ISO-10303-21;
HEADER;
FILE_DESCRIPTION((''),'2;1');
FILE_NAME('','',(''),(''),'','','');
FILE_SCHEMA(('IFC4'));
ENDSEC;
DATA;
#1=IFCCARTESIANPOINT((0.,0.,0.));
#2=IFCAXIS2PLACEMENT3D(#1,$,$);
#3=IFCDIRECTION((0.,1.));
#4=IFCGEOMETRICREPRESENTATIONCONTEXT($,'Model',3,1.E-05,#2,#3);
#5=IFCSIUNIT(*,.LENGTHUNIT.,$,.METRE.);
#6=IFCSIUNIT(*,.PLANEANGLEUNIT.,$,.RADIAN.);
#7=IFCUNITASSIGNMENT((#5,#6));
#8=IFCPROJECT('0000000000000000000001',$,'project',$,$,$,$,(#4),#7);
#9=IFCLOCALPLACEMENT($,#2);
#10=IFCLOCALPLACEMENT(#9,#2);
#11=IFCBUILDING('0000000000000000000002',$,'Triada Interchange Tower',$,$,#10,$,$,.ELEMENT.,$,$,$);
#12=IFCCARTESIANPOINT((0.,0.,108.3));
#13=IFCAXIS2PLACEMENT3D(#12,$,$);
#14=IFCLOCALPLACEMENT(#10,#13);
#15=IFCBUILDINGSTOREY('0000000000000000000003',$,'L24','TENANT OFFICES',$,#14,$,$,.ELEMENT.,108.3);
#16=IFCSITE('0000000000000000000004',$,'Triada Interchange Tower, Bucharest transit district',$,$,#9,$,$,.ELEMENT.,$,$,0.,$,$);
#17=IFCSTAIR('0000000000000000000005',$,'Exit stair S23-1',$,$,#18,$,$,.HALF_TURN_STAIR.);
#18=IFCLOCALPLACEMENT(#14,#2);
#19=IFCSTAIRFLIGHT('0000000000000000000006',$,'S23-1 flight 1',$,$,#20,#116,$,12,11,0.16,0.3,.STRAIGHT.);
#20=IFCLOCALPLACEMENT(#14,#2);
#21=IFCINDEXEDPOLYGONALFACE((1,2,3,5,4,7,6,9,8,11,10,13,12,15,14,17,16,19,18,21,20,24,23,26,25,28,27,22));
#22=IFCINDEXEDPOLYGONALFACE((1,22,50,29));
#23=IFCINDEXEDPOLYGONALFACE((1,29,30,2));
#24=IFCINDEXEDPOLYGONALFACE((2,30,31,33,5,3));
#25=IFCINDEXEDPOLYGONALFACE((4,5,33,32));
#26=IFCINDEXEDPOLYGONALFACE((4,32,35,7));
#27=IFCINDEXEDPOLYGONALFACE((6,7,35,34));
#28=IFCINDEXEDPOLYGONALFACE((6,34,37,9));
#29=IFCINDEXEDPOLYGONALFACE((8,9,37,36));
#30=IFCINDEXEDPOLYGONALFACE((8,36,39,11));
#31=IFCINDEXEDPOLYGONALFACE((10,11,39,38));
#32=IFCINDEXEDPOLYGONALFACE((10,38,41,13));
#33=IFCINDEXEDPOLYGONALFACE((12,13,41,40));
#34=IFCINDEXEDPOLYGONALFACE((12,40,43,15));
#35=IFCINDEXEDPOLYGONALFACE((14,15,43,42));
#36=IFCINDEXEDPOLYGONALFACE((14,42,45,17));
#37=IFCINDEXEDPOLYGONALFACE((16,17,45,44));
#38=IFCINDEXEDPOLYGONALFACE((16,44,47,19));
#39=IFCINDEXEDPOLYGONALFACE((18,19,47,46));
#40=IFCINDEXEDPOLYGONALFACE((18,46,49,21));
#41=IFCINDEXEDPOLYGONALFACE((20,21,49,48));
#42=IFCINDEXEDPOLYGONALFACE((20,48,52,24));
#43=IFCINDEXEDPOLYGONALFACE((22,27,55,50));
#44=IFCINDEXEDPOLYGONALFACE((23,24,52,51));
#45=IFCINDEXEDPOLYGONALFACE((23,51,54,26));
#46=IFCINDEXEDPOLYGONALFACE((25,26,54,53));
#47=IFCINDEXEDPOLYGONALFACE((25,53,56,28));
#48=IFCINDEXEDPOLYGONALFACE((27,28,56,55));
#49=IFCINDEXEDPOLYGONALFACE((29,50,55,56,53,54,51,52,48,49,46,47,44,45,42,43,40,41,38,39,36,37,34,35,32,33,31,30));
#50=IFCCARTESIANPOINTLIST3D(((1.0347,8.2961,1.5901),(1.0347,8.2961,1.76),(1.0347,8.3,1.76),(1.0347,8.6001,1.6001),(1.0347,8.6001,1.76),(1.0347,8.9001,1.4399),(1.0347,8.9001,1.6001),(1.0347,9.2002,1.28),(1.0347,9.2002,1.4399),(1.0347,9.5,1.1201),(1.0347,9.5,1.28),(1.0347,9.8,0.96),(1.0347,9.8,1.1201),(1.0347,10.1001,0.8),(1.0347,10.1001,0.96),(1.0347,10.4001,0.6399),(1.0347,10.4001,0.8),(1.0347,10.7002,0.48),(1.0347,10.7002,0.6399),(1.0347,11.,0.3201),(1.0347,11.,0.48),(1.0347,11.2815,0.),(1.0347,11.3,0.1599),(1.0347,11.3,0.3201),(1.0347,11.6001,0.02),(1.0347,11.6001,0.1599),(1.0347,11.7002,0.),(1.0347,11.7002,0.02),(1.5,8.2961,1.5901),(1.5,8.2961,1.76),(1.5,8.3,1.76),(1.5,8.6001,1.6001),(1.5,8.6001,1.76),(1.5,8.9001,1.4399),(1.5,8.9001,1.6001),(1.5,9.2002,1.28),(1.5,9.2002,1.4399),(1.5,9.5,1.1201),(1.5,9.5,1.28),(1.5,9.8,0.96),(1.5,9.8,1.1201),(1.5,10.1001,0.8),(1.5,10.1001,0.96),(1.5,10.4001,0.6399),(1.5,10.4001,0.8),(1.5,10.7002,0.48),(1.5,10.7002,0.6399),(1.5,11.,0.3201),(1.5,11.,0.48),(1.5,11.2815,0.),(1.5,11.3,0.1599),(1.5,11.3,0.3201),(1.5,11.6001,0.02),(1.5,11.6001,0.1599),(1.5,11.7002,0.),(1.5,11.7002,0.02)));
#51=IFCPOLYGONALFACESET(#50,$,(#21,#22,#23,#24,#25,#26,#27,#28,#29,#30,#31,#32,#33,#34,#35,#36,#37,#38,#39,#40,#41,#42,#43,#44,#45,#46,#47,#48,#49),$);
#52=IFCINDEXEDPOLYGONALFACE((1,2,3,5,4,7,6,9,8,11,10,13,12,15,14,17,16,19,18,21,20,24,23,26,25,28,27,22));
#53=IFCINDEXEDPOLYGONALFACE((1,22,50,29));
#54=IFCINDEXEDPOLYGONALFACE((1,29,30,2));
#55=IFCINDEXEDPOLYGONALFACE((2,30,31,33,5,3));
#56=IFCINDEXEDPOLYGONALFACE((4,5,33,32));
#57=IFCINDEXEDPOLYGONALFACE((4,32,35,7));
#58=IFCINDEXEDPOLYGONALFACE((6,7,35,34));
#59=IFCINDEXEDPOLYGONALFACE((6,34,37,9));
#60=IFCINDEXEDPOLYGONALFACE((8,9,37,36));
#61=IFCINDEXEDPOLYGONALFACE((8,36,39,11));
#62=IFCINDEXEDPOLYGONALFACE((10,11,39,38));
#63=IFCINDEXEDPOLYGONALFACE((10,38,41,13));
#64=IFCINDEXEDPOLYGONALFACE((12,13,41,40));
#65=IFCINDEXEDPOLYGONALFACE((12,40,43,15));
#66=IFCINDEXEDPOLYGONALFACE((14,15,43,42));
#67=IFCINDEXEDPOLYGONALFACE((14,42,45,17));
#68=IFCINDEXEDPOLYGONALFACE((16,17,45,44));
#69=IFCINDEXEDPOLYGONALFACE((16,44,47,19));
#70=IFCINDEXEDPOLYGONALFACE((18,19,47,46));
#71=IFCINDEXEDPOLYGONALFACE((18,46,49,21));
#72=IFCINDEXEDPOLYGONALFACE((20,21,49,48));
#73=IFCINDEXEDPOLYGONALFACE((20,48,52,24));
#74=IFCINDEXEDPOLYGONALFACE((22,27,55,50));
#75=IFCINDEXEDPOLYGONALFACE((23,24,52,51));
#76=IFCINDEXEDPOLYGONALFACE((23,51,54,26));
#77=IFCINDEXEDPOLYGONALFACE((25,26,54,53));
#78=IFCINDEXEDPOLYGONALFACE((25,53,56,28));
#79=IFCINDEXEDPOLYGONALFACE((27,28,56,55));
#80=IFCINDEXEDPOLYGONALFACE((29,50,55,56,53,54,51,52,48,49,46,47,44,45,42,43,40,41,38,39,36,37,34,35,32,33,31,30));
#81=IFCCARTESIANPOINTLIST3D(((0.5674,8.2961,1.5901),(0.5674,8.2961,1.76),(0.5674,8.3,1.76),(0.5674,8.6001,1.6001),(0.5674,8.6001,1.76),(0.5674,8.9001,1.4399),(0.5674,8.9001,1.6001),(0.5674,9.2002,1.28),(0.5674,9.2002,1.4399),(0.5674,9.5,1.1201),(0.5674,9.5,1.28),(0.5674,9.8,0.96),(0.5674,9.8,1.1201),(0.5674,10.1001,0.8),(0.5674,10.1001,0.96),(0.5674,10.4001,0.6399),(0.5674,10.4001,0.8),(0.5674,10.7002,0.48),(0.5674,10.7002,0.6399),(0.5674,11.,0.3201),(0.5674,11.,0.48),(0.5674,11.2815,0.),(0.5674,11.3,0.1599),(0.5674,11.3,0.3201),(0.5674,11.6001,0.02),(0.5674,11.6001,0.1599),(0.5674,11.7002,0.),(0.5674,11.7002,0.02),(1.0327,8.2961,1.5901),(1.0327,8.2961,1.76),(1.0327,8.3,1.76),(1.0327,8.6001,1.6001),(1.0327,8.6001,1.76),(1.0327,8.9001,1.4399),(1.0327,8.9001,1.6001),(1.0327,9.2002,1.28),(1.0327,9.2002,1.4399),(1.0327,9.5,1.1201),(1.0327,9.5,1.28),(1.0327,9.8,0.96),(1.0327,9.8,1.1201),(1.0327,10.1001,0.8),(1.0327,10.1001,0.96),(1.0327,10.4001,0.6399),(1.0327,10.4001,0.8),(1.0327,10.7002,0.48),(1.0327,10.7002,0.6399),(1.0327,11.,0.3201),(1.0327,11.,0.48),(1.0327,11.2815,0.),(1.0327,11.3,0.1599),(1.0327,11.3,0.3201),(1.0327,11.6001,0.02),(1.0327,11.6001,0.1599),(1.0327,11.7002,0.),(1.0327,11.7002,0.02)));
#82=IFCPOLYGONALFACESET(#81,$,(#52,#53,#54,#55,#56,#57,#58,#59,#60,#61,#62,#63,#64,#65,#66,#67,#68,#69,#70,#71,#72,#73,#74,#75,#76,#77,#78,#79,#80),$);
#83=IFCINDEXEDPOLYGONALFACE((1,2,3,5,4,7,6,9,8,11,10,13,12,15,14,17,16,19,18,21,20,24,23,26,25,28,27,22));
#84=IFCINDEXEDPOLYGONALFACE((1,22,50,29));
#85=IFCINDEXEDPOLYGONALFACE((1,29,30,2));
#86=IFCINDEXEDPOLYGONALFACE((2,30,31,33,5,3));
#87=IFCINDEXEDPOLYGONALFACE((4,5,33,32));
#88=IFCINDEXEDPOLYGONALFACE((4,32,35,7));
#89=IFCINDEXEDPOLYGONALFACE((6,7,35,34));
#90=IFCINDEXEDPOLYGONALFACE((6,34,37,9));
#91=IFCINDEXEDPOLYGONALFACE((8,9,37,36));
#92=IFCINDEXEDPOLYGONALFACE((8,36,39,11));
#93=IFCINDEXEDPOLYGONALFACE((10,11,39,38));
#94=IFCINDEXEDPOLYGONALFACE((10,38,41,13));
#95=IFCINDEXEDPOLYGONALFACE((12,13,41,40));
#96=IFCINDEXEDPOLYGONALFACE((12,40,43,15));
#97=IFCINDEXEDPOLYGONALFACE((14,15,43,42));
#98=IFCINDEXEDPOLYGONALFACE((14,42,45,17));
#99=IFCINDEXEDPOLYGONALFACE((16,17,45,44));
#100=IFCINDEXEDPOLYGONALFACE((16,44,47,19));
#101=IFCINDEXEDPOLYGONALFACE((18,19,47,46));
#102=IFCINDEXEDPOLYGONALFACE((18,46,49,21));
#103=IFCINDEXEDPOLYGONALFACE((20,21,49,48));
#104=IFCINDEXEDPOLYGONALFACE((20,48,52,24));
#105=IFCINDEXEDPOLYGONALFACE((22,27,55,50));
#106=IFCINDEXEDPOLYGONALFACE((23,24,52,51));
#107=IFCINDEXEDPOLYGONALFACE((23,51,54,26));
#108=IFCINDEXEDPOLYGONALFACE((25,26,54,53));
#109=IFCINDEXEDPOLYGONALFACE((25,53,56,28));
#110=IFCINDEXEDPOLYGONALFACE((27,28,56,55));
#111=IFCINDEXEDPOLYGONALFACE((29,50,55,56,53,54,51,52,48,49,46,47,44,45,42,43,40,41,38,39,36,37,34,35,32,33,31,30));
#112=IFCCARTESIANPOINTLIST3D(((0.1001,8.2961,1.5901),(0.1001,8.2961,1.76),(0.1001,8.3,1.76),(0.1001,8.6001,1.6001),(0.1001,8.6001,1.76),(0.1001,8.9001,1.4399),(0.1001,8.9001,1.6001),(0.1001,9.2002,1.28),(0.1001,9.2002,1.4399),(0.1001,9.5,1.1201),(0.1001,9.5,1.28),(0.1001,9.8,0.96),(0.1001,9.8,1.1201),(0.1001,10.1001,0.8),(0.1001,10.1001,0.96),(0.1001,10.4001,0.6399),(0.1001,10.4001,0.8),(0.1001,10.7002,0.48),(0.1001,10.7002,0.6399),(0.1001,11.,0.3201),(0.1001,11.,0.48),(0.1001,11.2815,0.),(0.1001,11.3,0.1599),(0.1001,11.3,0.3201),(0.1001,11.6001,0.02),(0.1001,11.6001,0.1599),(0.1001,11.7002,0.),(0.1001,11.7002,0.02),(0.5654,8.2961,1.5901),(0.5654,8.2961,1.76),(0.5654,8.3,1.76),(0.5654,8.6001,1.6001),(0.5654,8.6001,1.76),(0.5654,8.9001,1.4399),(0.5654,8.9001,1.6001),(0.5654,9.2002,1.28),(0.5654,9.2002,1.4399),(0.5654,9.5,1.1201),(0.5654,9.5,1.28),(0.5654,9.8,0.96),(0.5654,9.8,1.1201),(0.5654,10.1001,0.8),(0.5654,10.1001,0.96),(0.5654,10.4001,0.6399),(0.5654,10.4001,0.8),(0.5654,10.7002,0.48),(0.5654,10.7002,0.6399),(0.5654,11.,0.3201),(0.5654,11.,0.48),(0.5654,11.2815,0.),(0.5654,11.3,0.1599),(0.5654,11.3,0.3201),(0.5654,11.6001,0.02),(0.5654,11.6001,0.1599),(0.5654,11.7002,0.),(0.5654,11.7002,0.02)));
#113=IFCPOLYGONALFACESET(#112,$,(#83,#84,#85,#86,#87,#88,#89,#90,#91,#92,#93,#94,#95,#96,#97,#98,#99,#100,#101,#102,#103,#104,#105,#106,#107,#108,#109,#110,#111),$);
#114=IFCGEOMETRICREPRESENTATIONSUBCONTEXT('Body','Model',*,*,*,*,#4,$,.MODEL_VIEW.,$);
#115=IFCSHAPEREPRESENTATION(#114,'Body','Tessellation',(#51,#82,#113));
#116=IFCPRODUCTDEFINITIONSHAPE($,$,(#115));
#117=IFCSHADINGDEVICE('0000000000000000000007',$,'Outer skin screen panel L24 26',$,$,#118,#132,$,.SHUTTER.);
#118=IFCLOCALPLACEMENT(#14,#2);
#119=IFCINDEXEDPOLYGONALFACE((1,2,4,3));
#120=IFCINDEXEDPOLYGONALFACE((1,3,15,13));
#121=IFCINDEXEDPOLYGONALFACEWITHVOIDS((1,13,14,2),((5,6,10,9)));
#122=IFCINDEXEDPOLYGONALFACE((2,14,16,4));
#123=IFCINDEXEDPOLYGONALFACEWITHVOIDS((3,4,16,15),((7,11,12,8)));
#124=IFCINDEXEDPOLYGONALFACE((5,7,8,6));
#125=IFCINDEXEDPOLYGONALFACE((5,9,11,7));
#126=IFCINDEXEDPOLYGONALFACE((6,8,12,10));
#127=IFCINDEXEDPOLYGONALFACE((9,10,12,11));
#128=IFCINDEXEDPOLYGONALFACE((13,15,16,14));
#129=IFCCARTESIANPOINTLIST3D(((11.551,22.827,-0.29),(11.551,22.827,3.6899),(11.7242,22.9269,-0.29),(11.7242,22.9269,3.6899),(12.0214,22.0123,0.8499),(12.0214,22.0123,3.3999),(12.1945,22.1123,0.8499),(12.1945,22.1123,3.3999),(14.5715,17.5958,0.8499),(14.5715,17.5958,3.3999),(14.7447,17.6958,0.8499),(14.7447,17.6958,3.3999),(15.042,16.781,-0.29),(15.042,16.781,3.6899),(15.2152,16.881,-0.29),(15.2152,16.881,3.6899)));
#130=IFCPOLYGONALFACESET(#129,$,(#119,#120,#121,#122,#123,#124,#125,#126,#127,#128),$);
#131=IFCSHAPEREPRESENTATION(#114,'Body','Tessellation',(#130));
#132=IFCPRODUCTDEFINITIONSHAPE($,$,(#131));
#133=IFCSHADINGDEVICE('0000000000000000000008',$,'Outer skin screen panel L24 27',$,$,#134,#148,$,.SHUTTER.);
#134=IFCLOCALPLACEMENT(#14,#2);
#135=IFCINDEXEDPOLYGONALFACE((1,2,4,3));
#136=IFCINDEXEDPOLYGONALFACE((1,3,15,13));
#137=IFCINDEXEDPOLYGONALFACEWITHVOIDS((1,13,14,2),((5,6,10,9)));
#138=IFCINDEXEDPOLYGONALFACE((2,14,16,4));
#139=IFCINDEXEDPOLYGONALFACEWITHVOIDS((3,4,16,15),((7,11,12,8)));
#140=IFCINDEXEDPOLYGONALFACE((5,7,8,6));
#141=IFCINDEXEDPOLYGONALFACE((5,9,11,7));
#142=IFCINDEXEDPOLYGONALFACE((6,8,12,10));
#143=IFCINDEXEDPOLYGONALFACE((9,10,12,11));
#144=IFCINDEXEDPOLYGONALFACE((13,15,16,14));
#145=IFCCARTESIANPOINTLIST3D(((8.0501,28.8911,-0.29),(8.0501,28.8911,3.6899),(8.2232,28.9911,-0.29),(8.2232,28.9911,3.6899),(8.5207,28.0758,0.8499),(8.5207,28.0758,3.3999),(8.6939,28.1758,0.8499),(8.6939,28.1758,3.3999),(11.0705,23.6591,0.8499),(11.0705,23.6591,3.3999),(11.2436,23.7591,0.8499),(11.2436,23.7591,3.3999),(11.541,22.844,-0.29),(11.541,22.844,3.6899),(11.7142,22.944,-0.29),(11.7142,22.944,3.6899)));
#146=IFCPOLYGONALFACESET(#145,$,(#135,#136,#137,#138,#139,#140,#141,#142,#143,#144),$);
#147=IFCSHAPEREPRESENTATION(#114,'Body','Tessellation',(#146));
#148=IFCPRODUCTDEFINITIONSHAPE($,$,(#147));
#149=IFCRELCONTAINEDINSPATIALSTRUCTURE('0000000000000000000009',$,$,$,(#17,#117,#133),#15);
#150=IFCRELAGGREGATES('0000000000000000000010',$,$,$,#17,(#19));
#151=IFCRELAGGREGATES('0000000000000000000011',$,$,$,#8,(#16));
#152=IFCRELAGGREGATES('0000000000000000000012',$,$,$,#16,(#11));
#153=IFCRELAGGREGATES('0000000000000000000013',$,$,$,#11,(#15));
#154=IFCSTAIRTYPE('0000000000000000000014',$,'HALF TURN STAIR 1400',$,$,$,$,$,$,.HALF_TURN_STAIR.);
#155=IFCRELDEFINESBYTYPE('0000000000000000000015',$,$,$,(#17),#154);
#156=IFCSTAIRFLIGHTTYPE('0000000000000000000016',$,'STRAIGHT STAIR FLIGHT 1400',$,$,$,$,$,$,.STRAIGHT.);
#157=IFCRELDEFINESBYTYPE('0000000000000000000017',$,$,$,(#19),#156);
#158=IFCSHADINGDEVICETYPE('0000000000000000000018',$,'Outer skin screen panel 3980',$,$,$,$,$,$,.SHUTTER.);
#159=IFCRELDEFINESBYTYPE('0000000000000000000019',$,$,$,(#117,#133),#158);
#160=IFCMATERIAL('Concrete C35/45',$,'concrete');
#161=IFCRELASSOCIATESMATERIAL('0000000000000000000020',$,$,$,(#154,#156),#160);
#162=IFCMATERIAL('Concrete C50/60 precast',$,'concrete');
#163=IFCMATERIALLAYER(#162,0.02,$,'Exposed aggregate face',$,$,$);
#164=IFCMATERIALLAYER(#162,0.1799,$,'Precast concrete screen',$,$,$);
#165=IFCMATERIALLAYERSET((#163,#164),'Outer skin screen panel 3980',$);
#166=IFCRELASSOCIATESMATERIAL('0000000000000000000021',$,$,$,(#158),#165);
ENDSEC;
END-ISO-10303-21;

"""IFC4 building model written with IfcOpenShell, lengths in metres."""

from ifc_helpers import new_model, si_unit, direction, frame, origin, place, context, subcontext, project, spatial, polyline, outline, extrude, material, layer, layer_set, type_object, element, aggregate, save


model = new_model("IFC4")

# Units and contexts
model_context = context("Model", 3, precision=1e-05, world=origin(), true_north=direction((0.0, 1.0)))
body_context = subcontext(model_context, "Body", "Model", "MODEL_VIEW")
ifc_project = project(units=[si_unit("LENGTHUNIT", "METRE"), si_unit("PLANEANGLEUNIT", "RADIAN")], contexts=[model_context])

# Site, building, storey
site_placement = place(None, origin())
site = spatial("IfcSite", under=ifc_project, at=site_placement, Name="Triada Interchange Tower, Bucharest transit district", CompositionType="ELEMENT", RefElevation=0.0)
building_placement = place(site_placement, origin())
building = spatial("IfcBuilding", under=site, at=building_placement, Name="Triada Interchange Tower", CompositionType="ELEMENT")
storey_placement = place(building_placement, frame((0.0, 0.0, 108.3)))
storey = spatial("IfcBuildingStorey", under=building, at=storey_placement, Name="L24", Description="TENANT OFFICES", CompositionType="ELEMENT", Elevation=108.3)

# Stair, stair flight
ifc_material_1 = material(Name="Concrete C35/45", Category="concrete")
stair_type = type_object("IfcStairType", Name="HALF TURN STAIR 1400", PredefinedType="HALF_TURN_STAIR", material=ifc_material_1)
stair_placement = place(storey_placement, origin())
stair = element("IfcStair", 1, at=stair_placement, inside=storey, type_object=stair_type, Name="Exit stair S23-1", PredefinedType="HALF_TURN_STAIR")
stair_flight_type = type_object("IfcStairFlightType", Name="STRAIGHT STAIR FLIGHT 1400", PredefinedType="STRAIGHT", material=ifc_material_1)
stair_flight_placement = place(storey_placement, frame((0.8, 11.6001, 0.0), z_axis=(0.0, 0.0, 1.0), x_axis=(0.0, -1.0, 0.0)))
stair_flight = element("IfcStairFlight", 2, at=stair_flight_placement, type_object=stair_flight_type, Name="S23-1 flight 1", NumberOfRisers=12, NumberOfTreads=11, PredefinedType="STRAIGHT", RiserHeight=0.16, TreadLength=0.3, context=body_context, shape_type="SweptSolid", body=[
    extrude(outline(polyline([(-0.1001, 0.0), (-0.1001, 0.02), (0.0, 0.02), (0.0, 0.1599), (0.3, 0.1599), (0.3, 0.3201), (0.6001, 0.3201), (0.6001, 0.48), (0.8999, 0.48), (0.8999, 0.6399), (1.2, 0.6399), (1.2, 0.8), (1.5, 0.8), (1.5, 0.96), (1.8, 0.96), (1.8, 1.1201), (2.1001, 1.1201), (2.1001, 1.28), (2.3999, 1.28), (2.3999, 1.4399), (2.7, 1.4399), (2.7, 1.6001), (3.0, 1.6001), (3.0, 1.76), (3.3, 1.76), (3.304, 1.76), (3.304, 1.9199), (3.304, 1.5901), (0.3186, 0.0), (-0.1001, 0.0)])), frame((0.0, 0.7, 0.0), z_axis=(0.0, -1.0, 0.0), x_axis=(1.0, 0.0, 0.0)), (0.0, 0.0, 1.0), 0.4653),
    extrude(outline(polyline([(-0.1001, 0.0), (-0.1001, 0.02), (0.0, 0.02), (0.0, 0.1599), (0.3, 0.1599), (0.3, 0.3201), (0.6001, 0.3201), (0.6001, 0.48), (0.8999, 0.48), (0.8999, 0.6399), (1.2, 0.6399), (1.2, 0.8), (1.5, 0.8), (1.5, 0.96), (1.8, 0.96), (1.8, 1.1201), (2.1001, 1.1201), (2.1001, 1.28), (2.3999, 1.28), (2.3999, 1.4399), (2.7, 1.4399), (2.7, 1.6001), (3.0, 1.6001), (3.0, 1.76), (3.3, 1.76), (3.304, 1.76), (3.304, 1.9199), (3.304, 1.5901), (0.3186, 0.0), (-0.1001, 0.0)])), frame((0.0, 0.2327, 0.0), z_axis=(0.0, -1.0, 0.0), x_axis=(1.0, 0.0, 0.0)), (0.0, 0.0, 1.0), 0.4653),
    extrude(outline(polyline([(-0.1001, 0.0), (-0.1001, 0.02), (0.0, 0.02), (0.0, 0.1599), (0.3, 0.1599), (0.3, 0.3201), (0.6001, 0.3201), (0.6001, 0.48), (0.8999, 0.48), (0.8999, 0.6399), (1.2, 0.6399), (1.2, 0.8), (1.5, 0.8), (1.5, 0.96), (1.8, 0.96), (1.8, 1.1201), (2.1001, 1.1201), (2.1001, 1.28), (2.3999, 1.28), (2.3999, 1.4399), (2.7, 1.4399), (2.7, 1.6001), (3.0, 1.6001), (3.0, 1.76), (3.3, 1.76), (3.304, 1.76), (3.304, 1.9199), (3.304, 1.5901), (0.3186, 0.0), (-0.1001, 0.0)])), frame((0.0, -0.2346, 0.0), z_axis=(0.0, -1.0, 0.0), x_axis=(1.0, 0.0, 0.0)), (0.0, 0.0, 1.0), 0.4653),
])

# Shading devices
ifc_material_2 = material(Name="Concrete C50/60 precast", Category="concrete")
ifc_layer_1 = layer(ifc_material_2, 0.02, Name="Exposed aggregate face")
ifc_layer_2 = layer(ifc_material_2, 0.1799, Name="Precast concrete screen")
ifc_layer_set_1 = layer_set([ifc_layer_1, ifc_layer_2], Name="Outer skin screen panel 3980")
shading_device_type = type_object("IfcShadingDeviceType", Name="Outer skin screen panel 3980", PredefinedType="SHUTTER", material=ifc_layer_set_1)
shading_device_1_placement = place(storey_placement, frame((15.042, 16.781, -0.29), z_axis=(0.0, 0.0, 1.0), x_axis=(-0.500039, 0.866003, 0.0)))
element("IfcShadingDevice", 3, at=shading_device_1_placement, inside=storey, type_object=shading_device_type, Name="Outer skin screen panel L24 26", PredefinedType="SHUTTER", context=body_context, shape_type="SweptSolid", body=[
    extrude(outline(polyline([(0.0, 0.0), (6.9814, 0.0), (6.9814, 3.98), (0.0, 3.98), (0.0, 0.0)]), holes=[polyline([(0.9409, 1.1399), (0.9409, 3.6899), (6.0408, 3.6899), (6.0408, 1.1399), (0.9409, 1.1399)])]), frame((0.0, 0.0, 0.0), z_axis=(0.0, -1.0, 0.0), x_axis=(1.0, 0.0, 0.0)), (0.0, 0.0, 1.0), 0.2),
])
shading_device_2_placement = place(storey_placement, frame((11.541, 22.844, -0.29), z_axis=(0.0, 0.0, 1.0), x_axis=(-0.499964, 0.866046, 0.0)))
element("IfcShadingDevice", 4, at=shading_device_2_placement, inside=storey, type_object=shading_device_type, Name="Outer skin screen panel L24 27", PredefinedType="SHUTTER", context=body_context, shape_type="SweptSolid", body=[
    extrude(outline(polyline([(0.0, 0.0), (6.9824, 0.0), (6.9824, 3.98), (0.0, 3.98), (0.0, 0.0)]), holes=[polyline([(0.9412, 1.1399), (0.9412, 3.6899), (6.041, 3.6899), (6.041, 1.1399), (0.9412, 1.1399)])]), frame((0.0, 0.0, 0.0), z_axis=(0.0, -1.0, 0.0), x_axis=(1.0, 0.0, 0.0)), (0.0, 0.0, 1.0), 0.2),
])

aggregate(stair, [stair_flight])

save(model, "model.ifc")
